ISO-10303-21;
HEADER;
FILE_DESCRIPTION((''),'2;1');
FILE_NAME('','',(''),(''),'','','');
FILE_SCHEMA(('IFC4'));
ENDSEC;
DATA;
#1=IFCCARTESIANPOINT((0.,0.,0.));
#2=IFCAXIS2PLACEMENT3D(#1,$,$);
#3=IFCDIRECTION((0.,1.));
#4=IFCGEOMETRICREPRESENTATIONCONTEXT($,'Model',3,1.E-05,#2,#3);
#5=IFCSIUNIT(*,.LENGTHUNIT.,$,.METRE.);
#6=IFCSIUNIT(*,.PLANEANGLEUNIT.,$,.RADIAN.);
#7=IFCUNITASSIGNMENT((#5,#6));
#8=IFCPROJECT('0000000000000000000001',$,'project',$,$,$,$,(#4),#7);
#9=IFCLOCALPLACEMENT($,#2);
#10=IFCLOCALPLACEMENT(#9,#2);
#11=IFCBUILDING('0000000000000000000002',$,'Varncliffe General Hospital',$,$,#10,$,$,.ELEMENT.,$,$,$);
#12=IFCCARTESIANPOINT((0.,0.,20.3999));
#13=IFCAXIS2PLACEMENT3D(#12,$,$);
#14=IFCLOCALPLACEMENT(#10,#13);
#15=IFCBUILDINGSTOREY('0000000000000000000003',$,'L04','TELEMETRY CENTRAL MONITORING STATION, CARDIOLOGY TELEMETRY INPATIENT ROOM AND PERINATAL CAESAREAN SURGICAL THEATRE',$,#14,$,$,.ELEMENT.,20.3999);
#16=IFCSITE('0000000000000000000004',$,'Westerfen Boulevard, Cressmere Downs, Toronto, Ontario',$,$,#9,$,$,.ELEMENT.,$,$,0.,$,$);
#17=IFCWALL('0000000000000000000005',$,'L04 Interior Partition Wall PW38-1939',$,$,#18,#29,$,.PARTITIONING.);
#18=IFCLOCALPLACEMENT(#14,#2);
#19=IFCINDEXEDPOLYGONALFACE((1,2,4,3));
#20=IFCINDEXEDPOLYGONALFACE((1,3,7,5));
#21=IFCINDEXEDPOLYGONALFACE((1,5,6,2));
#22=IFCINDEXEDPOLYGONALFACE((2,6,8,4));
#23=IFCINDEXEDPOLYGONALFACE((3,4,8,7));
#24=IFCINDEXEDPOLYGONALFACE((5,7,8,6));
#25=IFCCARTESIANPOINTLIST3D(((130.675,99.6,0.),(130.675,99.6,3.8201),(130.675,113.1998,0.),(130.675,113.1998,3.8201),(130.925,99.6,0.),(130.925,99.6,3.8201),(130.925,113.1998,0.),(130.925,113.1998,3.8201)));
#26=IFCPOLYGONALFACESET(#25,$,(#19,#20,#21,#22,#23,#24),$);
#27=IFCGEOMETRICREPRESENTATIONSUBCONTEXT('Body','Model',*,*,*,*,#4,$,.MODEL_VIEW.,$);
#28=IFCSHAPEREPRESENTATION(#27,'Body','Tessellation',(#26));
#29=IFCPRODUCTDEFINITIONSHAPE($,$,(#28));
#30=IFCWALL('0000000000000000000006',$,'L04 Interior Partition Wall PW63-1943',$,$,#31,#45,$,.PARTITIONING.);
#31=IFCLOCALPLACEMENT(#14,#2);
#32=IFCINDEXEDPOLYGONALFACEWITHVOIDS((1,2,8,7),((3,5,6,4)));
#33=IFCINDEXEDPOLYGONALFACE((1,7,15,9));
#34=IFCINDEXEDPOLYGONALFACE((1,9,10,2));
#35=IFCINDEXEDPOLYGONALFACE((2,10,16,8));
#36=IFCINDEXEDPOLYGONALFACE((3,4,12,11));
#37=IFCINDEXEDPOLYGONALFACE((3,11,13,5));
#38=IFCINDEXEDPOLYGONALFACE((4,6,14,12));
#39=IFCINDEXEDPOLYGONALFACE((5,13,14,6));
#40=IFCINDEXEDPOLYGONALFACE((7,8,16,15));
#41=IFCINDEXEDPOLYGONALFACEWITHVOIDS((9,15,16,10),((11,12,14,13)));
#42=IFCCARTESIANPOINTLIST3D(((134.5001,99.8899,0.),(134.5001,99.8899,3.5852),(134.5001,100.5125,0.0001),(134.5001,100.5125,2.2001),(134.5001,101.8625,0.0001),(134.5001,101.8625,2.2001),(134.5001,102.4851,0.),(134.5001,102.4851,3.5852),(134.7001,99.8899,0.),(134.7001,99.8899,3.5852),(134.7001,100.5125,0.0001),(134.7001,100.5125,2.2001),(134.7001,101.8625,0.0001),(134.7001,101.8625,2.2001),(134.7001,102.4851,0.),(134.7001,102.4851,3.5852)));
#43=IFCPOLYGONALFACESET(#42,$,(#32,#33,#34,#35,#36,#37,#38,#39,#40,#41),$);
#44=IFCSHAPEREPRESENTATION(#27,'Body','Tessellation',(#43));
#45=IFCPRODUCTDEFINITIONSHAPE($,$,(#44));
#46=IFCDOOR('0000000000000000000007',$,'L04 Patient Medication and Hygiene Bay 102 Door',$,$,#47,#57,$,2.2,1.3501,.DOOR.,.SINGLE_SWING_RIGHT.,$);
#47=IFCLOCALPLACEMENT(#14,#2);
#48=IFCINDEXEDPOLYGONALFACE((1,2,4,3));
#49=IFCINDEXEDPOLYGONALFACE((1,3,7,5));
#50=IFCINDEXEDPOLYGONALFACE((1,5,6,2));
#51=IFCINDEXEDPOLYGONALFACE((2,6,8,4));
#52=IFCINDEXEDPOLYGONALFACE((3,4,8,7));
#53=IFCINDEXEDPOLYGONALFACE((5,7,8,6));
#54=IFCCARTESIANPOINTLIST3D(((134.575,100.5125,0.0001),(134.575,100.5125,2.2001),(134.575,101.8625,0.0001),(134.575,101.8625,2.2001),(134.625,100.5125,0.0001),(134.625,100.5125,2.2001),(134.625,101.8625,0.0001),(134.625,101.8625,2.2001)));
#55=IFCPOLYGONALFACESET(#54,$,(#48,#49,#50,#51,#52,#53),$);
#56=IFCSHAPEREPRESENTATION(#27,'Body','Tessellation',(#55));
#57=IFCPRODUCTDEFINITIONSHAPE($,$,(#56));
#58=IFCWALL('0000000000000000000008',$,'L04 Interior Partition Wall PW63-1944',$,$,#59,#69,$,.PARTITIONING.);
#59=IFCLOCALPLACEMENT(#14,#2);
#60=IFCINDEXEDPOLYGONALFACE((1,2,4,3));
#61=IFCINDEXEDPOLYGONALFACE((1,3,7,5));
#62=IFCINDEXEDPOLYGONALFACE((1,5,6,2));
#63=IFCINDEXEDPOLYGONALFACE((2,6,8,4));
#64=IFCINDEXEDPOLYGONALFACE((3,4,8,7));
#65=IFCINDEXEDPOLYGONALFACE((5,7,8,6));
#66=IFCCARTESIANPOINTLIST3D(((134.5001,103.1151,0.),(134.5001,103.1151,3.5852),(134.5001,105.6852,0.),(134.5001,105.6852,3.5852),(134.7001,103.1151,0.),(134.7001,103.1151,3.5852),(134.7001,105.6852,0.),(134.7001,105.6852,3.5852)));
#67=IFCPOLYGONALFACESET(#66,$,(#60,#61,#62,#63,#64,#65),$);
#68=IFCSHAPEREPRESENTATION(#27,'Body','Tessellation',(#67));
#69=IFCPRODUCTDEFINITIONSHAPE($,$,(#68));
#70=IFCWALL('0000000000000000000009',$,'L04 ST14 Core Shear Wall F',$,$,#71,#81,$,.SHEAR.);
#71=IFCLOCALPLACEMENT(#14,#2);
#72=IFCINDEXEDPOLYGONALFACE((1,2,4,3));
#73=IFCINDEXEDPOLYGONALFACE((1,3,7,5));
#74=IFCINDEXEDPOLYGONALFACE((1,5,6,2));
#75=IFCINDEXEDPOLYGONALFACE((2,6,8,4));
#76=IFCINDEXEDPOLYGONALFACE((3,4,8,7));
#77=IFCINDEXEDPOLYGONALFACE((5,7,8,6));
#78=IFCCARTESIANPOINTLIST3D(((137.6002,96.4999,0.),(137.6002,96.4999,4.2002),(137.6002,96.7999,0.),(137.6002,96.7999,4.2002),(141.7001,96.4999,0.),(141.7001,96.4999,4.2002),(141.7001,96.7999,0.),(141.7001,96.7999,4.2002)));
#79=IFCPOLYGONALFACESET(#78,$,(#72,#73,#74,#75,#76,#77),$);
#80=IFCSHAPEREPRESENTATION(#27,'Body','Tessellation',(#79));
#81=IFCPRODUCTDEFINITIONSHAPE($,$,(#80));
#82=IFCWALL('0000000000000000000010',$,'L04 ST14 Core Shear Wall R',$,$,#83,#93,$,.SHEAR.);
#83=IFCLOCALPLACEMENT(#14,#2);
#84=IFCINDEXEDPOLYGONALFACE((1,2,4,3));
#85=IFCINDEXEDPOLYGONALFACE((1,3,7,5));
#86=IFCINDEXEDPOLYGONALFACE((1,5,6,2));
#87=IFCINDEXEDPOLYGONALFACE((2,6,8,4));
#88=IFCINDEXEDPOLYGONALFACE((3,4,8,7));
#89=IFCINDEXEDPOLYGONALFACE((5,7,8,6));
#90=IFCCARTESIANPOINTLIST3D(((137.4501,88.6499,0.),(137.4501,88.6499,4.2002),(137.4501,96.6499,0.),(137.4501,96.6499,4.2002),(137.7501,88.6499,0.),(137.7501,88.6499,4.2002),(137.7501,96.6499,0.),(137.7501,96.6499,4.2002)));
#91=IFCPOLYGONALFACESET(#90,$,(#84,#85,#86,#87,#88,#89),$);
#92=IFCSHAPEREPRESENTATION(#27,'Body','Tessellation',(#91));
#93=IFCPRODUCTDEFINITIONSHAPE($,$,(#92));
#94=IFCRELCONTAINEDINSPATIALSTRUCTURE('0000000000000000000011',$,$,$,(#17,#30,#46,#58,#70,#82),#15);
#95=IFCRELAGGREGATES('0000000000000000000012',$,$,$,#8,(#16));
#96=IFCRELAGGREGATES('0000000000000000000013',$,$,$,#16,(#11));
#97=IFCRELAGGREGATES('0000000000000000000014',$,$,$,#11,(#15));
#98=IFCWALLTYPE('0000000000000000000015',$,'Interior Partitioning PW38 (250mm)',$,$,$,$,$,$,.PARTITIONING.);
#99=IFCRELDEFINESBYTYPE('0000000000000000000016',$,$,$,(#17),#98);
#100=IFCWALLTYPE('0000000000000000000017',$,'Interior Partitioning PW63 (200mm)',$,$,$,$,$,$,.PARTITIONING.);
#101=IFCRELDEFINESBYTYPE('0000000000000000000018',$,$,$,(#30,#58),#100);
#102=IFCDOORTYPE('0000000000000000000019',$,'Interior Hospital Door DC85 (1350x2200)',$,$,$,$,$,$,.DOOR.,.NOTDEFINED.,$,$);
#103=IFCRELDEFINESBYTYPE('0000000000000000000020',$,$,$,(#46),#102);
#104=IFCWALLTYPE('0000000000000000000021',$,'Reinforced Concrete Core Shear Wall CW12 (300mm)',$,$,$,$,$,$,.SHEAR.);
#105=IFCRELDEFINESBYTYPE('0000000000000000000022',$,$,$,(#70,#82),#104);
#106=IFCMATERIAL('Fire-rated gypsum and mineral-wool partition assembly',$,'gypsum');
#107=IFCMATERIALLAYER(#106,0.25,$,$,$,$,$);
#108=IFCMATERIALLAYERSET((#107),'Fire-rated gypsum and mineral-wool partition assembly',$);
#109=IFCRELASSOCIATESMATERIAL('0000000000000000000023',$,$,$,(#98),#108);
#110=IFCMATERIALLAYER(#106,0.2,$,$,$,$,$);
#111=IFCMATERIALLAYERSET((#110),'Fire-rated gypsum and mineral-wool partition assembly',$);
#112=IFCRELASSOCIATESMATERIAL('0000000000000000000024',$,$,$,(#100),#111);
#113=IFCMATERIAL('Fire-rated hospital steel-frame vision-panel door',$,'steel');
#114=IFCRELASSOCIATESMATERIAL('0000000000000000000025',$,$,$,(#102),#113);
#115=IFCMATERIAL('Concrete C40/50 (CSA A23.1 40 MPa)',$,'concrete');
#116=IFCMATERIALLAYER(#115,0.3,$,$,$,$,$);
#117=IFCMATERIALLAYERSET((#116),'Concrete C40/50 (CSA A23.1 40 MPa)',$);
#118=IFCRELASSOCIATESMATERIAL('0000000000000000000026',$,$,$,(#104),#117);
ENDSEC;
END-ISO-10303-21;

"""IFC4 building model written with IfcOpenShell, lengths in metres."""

from ifc_helpers import new_model, si_unit, direction, frame, frame_2d, origin, place, context, subcontext, project, spatial, rectangle, extrude, material, layer, layer_set, type_object, element, fill, save


model = new_model("IFC4")

# Units and contexts
model_context = context("Model", 3, precision=1e-05, world=origin(), true_north=direction((0.0, 1.0)))
body_context = subcontext(model_context, "Body", "Model", "MODEL_VIEW")
ifc_project = project(units=[si_unit("LENGTHUNIT", "METRE"), si_unit("PLANEANGLEUNIT", "RADIAN")], contexts=[model_context])

# Site, building, storey
site_placement = place(None, origin())
site = spatial("IfcSite", under=ifc_project, at=site_placement, Name="Westerfen Boulevard, Cressmere Downs, Toronto, Ontario", CompositionType="ELEMENT", RefElevation=0.0)
building_placement = place(site_placement, origin())
building = spatial("IfcBuilding", under=site, at=building_placement, Name="Varncliffe General Hospital", CompositionType="ELEMENT")
storey_placement = place(building_placement, frame((0.0, 0.0, 20.3999)))
storey = spatial("IfcBuildingStorey", under=building, at=storey_placement, Name="L04", Description="TELEMETRY CENTRAL MONITORING STATION, CARDIOLOGY TELEMETRY INPATIENT ROOM AND PERINATAL CAESAREAN SURGICAL THEATRE", CompositionType="ELEMENT", Elevation=20.3999)

# Shared definitions
ifc_material_1 = material(Name="Concrete C40/50 (CSA A23.1 40 MPa)", Category="concrete")

# Wall
ifc_material_2 = material(Name="Fire-rated gypsum and mineral-wool partition assembly", Category="gypsum")
ifc_layer_1 = layer(ifc_material_2, 0.25)
ifc_layer_set_1 = layer_set([ifc_layer_1], Name="Fire-rated gypsum and mineral-wool partition assembly")
wall_type_1 = type_object("IfcWallType", Name="Interior Partitioning PW38 (250mm)", PredefinedType="PARTITIONING", material=ifc_layer_set_1)
wall_1_placement = place(storey_placement, frame((130.8, 99.6001, 0.0), z_axis=(0.0, 0.0, 1.0), x_axis=(0.0, 1.0, 0.0)))
element("IfcWall", 1, at=wall_1_placement, inside=storey, type_object=wall_type_1, Name="L04 Interior Partition Wall PW38-1939", PredefinedType="PARTITIONING", context=body_context, shape_type="SweptSolid", body=[
    extrude(rectangle(XDim=13.5999, YDim=0.25, at=frame_2d((6.7998, 0.0))), origin(), (0.0, 0.0, 1.0), 3.8201),
])

# Wall, opening, door
ifc_layer_2 = layer(ifc_material_2, 0.2)
ifc_layer_set_2 = layer_set([ifc_layer_2], Name="Fire-rated gypsum and mineral-wool partition assembly")
wall_type_2 = type_object("IfcWallType", Name="Interior Partitioning PW63 (200mm)", PredefinedType="PARTITIONING", material=ifc_layer_set_2)
wall_2_placement = place(storey_placement, frame((134.6001, 99.8899, 0.0), z_axis=(0.0, 0.0, 1.0), x_axis=(0.0, 1.0, 0.0)))
wall_2 = element("IfcWall", 2, at=wall_2_placement, inside=storey, type_object=wall_type_2, Name="L04 Interior Partition Wall PW63-1943", PredefinedType="PARTITIONING", context=body_context, shape_type="SweptSolid", body=[
    extrude(rectangle(XDim=2.5952, YDim=0.2, at=frame_2d((1.2976, 0.0))), origin(), (0.0, 0.0, 1.0), 3.5852),
])
opening_placement = place(wall_2_placement, frame((0.6226, 0.0, 0.0)))
opening = element("IfcOpeningElement", 3, at=opening_placement, cuts=wall_2, PredefinedType="OPENING", context=body_context, shape_type="SweptSolid", body=[
    extrude(rectangle(XDim=1.3501, YDim=2.2, at=frame_2d((0.675, 1.1001))), frame((0.0, 0.1099, 0.0), z_axis=(0.0, -1.0, 0.0), x_axis=(1.0, 0.0, 0.0)), (0.0, 0.0, 1.0), 0.22),
])
ifc_material_3 = material(Name="Fire-rated hospital steel-frame vision-panel door", Category="steel")
door_type = type_object("IfcDoorType", Name="Interior Hospital Door DC85 (1350x2200)", OperationType="NOTDEFINED", PredefinedType="DOOR", material=ifc_material_3)
door_placement = place(opening_placement, frame((1.3501, 0.0, 0.0), z_axis=(0.0, 0.0, 1.0), x_axis=(-1.0, 0.0, 0.0)))
door = element("IfcDoor", 4, at=door_placement, inside=storey, type_object=door_type, Name="L04 Patient Medication and Hygiene Bay 102 Door", OperationType="SINGLE_SWING_RIGHT", OverallHeight=2.2, OverallWidth=1.3501, PredefinedType="DOOR", context=body_context, shape_type="SweptSolid", body=[
    extrude(rectangle(XDim=1.3501, YDim=2.2, at=frame_2d((0.675, 1.1001))), frame((0.0, 0.0249, 0.0), z_axis=(0.0, -1.0, 0.0), x_axis=(1.0, 0.0, 0.0)), (0.0, 0.0, 1.0), 0.05),
])
fill(opening, door)

# Walls
wall_3_placement = place(storey_placement, frame((134.6001, 103.115, 0.0), z_axis=(0.0, 0.0, 1.0), x_axis=(0.0, 1.0, 0.0)))
element("IfcWall", 5, at=wall_3_placement, inside=storey, type_object=wall_type_2, Name="L04 Interior Partition Wall PW63-1944", PredefinedType="PARTITIONING", context=body_context, shape_type="SweptSolid", body=[
    extrude(rectangle(XDim=2.5701, YDim=0.2, at=frame_2d((1.2852, 0.0))), origin(), (0.0, 0.0, 1.0), 3.5852),
])
ifc_layer_3 = layer(ifc_material_1, 0.3)
ifc_layer_set_3 = layer_set([ifc_layer_3], Name="Concrete C40/50 (CSA A23.1 40 MPa)")
wall_type_3 = type_object("IfcWallType", Name="Reinforced Concrete Core Shear Wall CW12 (300mm)", PredefinedType="SHEAR", material=ifc_layer_set_3)
wall_4_placement = place(storey_placement, frame((141.7, 96.6499, 0.0), z_axis=(0.0, 0.0, 1.0), x_axis=(-1.0, 0.0, 0.0)))
element("IfcWall", 6, at=wall_4_placement, inside=storey, type_object=wall_type_3, Name="L04 ST14 Core Shear Wall F", PredefinedType="SHEAR", context=body_context, shape_type="SweptSolid", body=[
    extrude(rectangle(XDim=4.0999, YDim=0.3, at=frame_2d((2.0498, 0.0))), origin(), (0.0, 0.0, 1.0), 4.2002),
])
wall_5_placement = place(storey_placement, frame((137.6001, 96.6499, 0.0), z_axis=(0.0, 0.0, 1.0), x_axis=(0.0, -1.0, 0.0)))
element("IfcWall", 7, at=wall_5_placement, inside=storey, type_object=wall_type_3, Name="L04 ST14 Core Shear Wall R", PredefinedType="SHEAR", context=body_context, shape_type="SweptSolid", body=[
    extrude(rectangle(XDim=8.0, YDim=0.3, at=frame_2d((4.0, 0.0))), origin(), (0.0, 0.0, 1.0), 4.2002),
])

save(model, "model.ifc")
